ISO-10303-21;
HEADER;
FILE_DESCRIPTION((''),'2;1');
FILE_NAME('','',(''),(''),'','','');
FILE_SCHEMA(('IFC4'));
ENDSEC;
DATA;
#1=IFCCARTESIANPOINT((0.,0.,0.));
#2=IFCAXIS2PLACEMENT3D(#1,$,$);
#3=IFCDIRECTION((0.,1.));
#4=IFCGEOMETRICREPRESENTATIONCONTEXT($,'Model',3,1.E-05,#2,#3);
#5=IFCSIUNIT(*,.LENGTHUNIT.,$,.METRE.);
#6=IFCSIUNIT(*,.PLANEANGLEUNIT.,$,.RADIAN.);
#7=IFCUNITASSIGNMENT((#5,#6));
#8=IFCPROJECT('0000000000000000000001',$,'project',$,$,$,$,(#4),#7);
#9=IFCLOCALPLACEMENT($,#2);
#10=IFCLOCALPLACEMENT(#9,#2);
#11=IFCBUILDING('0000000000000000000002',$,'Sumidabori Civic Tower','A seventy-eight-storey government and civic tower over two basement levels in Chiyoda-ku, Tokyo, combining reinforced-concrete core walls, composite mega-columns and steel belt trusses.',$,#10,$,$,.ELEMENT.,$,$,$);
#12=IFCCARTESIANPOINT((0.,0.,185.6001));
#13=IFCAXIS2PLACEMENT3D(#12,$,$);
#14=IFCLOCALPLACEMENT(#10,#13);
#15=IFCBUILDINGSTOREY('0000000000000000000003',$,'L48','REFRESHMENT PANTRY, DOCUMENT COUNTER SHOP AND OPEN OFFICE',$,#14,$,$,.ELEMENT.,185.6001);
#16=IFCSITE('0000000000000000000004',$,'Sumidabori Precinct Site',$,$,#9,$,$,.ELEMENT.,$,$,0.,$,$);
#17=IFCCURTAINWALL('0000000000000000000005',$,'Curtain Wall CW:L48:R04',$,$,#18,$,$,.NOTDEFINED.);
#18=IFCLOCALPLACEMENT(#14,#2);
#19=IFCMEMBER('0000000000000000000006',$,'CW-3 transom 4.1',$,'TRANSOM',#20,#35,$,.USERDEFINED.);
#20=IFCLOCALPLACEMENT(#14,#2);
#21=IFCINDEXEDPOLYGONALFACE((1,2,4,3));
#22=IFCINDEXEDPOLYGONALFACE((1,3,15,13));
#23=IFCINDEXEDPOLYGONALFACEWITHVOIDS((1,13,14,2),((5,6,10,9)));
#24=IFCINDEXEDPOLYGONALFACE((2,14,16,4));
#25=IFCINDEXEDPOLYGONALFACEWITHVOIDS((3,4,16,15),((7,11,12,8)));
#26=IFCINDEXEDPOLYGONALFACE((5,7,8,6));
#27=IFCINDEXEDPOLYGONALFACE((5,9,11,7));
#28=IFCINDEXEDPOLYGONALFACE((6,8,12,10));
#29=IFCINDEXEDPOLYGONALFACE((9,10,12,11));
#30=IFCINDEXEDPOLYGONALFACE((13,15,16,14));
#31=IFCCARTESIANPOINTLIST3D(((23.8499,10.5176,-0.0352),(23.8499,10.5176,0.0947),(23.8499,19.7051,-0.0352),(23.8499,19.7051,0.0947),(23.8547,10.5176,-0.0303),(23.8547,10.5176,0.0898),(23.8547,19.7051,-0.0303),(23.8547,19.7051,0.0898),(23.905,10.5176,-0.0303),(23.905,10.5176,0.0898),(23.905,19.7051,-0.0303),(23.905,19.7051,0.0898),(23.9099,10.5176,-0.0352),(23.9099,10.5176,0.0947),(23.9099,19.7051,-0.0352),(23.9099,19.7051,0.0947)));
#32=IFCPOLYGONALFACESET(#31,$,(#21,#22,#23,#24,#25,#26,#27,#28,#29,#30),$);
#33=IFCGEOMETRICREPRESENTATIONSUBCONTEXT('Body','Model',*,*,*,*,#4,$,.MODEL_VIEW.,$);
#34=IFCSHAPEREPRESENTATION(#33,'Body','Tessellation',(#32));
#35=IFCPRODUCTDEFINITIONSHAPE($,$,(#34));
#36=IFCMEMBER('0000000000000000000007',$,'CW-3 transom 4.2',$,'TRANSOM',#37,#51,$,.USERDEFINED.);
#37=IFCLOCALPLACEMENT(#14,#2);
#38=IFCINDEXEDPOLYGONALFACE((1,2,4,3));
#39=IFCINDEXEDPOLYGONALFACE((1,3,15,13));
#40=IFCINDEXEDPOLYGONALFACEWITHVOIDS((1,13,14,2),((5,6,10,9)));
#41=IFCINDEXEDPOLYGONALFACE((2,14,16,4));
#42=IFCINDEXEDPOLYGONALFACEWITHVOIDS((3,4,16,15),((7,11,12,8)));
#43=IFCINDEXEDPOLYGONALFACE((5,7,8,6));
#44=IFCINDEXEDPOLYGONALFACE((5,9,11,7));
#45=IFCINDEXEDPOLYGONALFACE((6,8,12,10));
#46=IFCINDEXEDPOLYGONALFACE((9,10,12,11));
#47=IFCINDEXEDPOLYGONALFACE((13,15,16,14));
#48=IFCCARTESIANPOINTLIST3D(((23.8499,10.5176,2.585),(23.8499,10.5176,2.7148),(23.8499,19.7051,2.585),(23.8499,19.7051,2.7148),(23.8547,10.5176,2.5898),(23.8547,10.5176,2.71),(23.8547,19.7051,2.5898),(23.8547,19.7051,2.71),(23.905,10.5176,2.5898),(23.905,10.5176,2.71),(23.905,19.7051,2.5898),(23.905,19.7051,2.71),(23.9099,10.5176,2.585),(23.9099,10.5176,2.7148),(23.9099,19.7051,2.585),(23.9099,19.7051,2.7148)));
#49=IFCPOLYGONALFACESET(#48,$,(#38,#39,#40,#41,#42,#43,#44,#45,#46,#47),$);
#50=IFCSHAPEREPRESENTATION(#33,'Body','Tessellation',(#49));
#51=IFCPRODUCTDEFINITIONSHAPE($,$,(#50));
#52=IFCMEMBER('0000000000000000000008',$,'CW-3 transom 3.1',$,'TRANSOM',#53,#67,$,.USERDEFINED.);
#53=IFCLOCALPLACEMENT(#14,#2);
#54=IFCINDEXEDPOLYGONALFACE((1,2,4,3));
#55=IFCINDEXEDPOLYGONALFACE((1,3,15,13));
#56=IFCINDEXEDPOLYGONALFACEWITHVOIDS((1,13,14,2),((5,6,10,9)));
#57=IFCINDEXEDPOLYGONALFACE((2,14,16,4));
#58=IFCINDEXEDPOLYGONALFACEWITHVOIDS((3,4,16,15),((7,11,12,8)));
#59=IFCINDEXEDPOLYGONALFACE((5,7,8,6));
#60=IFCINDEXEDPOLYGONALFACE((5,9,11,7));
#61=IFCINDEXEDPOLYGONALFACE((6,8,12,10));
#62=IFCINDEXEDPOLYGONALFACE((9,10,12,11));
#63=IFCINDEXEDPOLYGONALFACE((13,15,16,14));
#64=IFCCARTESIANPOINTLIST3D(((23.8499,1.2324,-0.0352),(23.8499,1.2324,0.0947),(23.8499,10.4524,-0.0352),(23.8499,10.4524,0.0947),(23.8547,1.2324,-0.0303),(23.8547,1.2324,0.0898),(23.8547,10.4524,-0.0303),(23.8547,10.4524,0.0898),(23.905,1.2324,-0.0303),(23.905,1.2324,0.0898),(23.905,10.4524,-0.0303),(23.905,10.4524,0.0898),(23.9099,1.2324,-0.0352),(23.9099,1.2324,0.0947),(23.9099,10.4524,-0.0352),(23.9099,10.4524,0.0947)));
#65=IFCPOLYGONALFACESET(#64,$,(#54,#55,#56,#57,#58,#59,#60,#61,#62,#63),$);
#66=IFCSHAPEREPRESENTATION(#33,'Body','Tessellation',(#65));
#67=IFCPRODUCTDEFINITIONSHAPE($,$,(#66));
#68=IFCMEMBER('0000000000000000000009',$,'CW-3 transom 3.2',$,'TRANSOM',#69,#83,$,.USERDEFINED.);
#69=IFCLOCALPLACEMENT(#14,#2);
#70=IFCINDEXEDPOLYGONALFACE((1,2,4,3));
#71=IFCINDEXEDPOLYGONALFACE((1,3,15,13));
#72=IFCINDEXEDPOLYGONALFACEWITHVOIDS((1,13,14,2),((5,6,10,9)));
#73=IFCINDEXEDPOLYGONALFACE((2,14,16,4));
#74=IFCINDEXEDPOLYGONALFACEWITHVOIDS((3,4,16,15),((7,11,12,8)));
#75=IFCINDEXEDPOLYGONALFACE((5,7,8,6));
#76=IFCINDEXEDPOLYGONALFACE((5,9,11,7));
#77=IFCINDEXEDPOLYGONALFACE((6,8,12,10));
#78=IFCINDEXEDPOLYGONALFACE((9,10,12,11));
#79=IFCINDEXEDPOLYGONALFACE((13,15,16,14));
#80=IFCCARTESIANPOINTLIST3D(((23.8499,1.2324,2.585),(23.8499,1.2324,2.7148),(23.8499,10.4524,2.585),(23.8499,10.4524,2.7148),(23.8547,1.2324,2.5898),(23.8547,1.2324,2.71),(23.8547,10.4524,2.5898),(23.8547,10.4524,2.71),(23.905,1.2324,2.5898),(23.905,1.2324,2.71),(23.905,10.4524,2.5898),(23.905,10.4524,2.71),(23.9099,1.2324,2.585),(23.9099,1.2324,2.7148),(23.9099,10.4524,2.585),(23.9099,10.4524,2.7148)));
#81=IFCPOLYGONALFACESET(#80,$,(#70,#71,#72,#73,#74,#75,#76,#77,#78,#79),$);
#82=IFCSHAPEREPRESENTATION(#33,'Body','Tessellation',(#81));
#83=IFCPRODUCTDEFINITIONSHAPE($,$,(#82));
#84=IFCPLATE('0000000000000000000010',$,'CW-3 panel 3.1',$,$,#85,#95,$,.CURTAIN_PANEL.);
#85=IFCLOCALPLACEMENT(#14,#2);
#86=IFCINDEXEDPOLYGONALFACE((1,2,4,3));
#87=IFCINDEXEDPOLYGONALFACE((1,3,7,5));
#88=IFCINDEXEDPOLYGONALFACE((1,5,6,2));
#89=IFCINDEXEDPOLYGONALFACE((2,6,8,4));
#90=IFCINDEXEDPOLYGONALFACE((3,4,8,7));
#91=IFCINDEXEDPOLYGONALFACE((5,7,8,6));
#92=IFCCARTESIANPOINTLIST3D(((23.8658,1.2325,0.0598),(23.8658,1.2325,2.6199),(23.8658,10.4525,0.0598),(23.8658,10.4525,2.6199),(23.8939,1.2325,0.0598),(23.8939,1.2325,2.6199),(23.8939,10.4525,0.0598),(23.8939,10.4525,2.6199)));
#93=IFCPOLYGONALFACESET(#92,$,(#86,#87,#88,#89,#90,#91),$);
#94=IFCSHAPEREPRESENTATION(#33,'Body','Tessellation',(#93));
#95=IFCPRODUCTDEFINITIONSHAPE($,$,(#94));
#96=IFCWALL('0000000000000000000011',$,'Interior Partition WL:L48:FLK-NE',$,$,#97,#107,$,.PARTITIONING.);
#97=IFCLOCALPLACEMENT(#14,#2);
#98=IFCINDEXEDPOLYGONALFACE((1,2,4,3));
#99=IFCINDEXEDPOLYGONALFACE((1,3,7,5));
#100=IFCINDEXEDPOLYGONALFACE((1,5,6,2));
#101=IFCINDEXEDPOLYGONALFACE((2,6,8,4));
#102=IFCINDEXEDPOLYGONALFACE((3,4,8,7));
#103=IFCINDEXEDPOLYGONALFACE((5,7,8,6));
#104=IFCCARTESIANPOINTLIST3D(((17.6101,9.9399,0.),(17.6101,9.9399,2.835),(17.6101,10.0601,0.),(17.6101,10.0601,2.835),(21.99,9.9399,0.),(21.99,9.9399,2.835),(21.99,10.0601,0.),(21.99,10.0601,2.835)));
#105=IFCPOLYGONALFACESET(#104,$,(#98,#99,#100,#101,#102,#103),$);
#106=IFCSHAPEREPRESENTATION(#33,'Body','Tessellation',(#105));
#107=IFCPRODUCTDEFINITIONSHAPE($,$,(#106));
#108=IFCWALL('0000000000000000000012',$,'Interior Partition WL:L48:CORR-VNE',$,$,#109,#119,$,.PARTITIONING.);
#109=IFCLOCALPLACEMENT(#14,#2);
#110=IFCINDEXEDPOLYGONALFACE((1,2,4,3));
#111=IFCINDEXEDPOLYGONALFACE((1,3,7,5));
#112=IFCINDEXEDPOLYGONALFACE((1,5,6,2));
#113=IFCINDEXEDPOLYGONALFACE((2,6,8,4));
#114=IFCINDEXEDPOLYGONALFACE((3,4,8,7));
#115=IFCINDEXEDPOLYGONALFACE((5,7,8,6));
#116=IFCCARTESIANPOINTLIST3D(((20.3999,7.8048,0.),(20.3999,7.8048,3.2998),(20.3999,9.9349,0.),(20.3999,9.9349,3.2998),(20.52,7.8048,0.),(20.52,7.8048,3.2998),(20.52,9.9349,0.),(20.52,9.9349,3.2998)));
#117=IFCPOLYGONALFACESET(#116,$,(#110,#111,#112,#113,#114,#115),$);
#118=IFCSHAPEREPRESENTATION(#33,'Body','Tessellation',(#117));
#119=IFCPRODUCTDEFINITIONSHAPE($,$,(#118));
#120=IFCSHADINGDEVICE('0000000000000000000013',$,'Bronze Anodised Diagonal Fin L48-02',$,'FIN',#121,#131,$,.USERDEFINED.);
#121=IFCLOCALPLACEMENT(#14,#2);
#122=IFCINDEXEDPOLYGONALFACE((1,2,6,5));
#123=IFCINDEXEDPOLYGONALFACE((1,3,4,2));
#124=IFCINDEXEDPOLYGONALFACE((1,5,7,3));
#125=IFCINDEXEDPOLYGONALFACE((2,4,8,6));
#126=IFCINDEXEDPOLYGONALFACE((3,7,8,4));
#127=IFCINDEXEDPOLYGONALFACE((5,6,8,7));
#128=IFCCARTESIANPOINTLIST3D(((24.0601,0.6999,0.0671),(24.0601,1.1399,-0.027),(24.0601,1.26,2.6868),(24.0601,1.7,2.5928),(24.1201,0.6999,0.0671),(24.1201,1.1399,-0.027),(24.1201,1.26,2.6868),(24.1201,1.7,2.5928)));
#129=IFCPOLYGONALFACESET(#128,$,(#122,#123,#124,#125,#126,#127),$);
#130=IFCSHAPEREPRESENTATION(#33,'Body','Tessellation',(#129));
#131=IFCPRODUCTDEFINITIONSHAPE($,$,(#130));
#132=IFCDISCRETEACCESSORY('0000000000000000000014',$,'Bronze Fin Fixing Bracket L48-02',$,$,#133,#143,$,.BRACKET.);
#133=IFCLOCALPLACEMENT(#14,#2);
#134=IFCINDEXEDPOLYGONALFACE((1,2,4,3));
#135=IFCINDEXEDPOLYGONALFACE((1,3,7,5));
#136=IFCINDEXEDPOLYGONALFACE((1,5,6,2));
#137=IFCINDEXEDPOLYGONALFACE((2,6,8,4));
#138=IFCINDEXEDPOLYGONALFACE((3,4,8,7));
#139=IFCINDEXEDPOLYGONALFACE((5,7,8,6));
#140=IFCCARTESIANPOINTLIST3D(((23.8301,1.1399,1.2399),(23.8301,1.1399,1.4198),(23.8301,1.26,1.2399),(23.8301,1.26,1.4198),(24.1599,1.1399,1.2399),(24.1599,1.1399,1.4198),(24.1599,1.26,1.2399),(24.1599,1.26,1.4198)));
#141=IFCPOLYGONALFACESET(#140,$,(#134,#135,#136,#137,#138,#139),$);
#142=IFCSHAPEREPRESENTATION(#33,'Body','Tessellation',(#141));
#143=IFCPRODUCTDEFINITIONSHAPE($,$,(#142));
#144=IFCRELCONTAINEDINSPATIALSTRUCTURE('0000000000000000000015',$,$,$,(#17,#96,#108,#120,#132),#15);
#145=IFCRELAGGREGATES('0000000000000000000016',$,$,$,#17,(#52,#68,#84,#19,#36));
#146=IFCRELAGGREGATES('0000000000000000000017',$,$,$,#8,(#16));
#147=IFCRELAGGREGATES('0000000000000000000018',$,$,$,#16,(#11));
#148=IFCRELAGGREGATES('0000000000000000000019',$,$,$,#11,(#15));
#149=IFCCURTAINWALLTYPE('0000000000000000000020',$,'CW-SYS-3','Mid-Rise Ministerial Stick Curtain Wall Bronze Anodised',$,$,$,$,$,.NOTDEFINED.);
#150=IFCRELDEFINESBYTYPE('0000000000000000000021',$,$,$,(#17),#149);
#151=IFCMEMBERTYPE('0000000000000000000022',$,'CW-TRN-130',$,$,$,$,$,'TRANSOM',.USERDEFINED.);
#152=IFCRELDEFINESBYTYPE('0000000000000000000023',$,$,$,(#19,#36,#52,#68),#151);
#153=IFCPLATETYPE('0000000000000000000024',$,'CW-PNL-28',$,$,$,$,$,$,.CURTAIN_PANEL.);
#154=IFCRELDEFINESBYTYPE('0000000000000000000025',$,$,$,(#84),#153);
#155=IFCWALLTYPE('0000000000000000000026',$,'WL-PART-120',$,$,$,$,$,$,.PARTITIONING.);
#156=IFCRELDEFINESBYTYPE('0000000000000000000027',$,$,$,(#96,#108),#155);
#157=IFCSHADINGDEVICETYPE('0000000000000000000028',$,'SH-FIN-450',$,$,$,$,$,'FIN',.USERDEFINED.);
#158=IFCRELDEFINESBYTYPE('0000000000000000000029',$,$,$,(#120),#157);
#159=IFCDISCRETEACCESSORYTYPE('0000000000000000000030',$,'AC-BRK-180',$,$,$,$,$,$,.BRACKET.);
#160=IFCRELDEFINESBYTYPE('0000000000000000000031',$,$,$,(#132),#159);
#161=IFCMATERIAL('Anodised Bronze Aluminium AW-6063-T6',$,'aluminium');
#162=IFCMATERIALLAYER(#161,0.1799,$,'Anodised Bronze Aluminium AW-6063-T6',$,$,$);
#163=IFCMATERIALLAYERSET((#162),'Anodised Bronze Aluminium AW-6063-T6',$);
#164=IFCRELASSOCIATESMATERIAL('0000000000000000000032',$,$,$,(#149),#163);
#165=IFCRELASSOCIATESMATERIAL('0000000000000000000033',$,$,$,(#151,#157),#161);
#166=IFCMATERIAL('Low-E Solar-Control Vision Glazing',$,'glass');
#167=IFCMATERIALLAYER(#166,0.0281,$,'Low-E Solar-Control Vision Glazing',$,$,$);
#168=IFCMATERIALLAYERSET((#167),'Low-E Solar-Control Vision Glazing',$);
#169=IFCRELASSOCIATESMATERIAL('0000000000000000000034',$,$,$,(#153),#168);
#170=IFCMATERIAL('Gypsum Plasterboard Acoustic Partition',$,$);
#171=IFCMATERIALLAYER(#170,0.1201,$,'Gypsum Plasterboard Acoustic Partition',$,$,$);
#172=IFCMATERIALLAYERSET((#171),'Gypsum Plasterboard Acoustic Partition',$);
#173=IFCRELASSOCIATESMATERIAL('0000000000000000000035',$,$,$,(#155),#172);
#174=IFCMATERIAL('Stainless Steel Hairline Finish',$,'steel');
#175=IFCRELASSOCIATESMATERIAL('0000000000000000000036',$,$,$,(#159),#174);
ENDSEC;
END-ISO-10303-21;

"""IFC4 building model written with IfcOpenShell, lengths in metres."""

from ifc_helpers import new_model, si_unit, direction, frame, frame_2d, origin, origin_2d, place, context, subcontext, project, spatial, rectangle, hollow_rectangle, extrude, source, transform, mapped, material, layer, layer_set, material_profile, profile_set, type_object, element, aggregate, save


model = new_model("IFC4")

# Units and contexts
model_context = context("Model", 3, precision=1e-05, world=origin(), true_north=direction((0.0, 1.0)))
body_context = subcontext(model_context, "Body", "Model", "MODEL_VIEW")
ifc_project = project(units=[si_unit("LENGTHUNIT", "METRE"), si_unit("PLANEANGLEUNIT", "RADIAN")], contexts=[model_context])

# Site, building, storey
site_placement = place(None, origin())
site = spatial("IfcSite", under=ifc_project, at=site_placement, Name="Sumidabori Precinct Site", CompositionType="ELEMENT", RefElevation=0.0)
building_placement = place(site_placement, origin())
building = spatial("IfcBuilding", under=site, at=building_placement, Name="Sumidabori Civic Tower", Description="A seventy-eight-storey government and civic tower over two basement levels in Chiyoda-ku, Tokyo, combining reinforced-concrete core walls, composite mega-columns and steel belt trusses.", CompositionType="ELEMENT")
storey_placement = place(building_placement, frame((0.0, 0.0, 185.6001)))
storey = spatial("IfcBuildingStorey", under=building, at=storey_placement, Name="L48", Description="REFRESHMENT PANTRY, DOCUMENT COUNTER SHOP AND OPEN OFFICE", CompositionType="ELEMENT", Elevation=185.6001)

# Curtain wall, members, plate
ifc_material_1 = material(Name="Anodised Bronze Aluminium AW-6063-T6", Category="aluminium")
ifc_layer_1 = layer(ifc_material_1, 0.1799, Name="Anodised Bronze Aluminium AW-6063-T6")
ifc_layer_set_1 = layer_set([ifc_layer_1], Name="Anodised Bronze Aluminium AW-6063-T6")
curtain_wall_type = type_object("IfcCurtainWallType", Name="CW-SYS-3", Description="Mid-Rise Ministerial Stick Curtain Wall Bronze Anodised", PredefinedType="NOTDEFINED", material=ifc_layer_set_1)
curtain_wall_placement = place(storey_placement, origin())
curtain_wall = element("IfcCurtainWall", 1, at=curtain_wall_placement, inside=storey, type_object=curtain_wall_type, Name="Curtain Wall CW:L48:R04", PredefinedType="NOTDEFINED")
ifc_material_profile_1 = material_profile(ifc_material_1, hollow_rectangle(XDim=0.0601, YDim=0.1299, WallThickness=0.0049, at=origin_2d()), Name="ALU TRANSOM 130x60")
ifc_profile_set_1 = profile_set([ifc_material_profile_1], Name="Anodised Bronze Aluminium AW-6063-T6")
member_type_1 = type_object("IfcMemberType", Name="CW-TRN-130", ElementType="TRANSOM", PredefinedType="USERDEFINED", material=ifc_profile_set_1)
shared_shape_1 = source(origin(), body_context, "Body", "SweptSolid", [
    extrude(hollow_rectangle(XDim=0.0601, YDim=0.1299, WallThickness=0.0049, at=origin_2d()), origin(), (0.0, 0.0, 1.0), 9.1875),
])
member_1_placement = place(storey_placement, frame((23.8799, 10.5176, 0.0298), z_axis=(0.0, 1.0, 0.0), x_axis=(-1.0, 0.0, 0.0)))
member_1 = element("IfcMember", 2, at=member_1_placement, type_object=member_type_1, Name="CW-3 transom 4.1", ObjectType="TRANSOM", PredefinedType="USERDEFINED", context=body_context, shape_type="MappedRepresentation", body=[
    mapped(shared_shape_1, transform((0.0, 0.0, 0.0), x_axis=(1.0, 0.0, 0.0), y_axis=(0.0, 1.0, 0.0), z_axis=(0.0, 0.0, 1.0), scale=1.0)),
])
member_2_placement = place(storey_placement, frame((23.8799, 10.5176, 2.6499), z_axis=(0.0, 1.0, 0.0), x_axis=(-1.0, 0.0, 0.0)))
member_2 = element("IfcMember", 3, at=member_2_placement, type_object=member_type_1, Name="CW-3 transom 4.2", ObjectType="TRANSOM", PredefinedType="USERDEFINED", context=body_context, shape_type="MappedRepresentation", body=[
    mapped(shared_shape_1, transform((0.0, 0.0, 0.0), x_axis=(1.0, 0.0, 0.0), y_axis=(0.0, 1.0, 0.0), z_axis=(0.0, 0.0, 1.0), scale=1.0)),
])
shared_shape_2 = source(origin(), body_context, "Body", "SweptSolid", [
    extrude(hollow_rectangle(XDim=0.0601, YDim=0.1299, WallThickness=0.0049, at=origin_2d()), origin(), (0.0, 0.0, 1.0), 9.22),
])
member_3_placement = place(storey_placement, frame((23.8799, 1.2324, 0.0298), z_axis=(0.0, 1.0, 0.0), x_axis=(-1.0, 0.0, 0.0)))
member_3 = element("IfcMember", 4, at=member_3_placement, type_object=member_type_1, Name="CW-3 transom 3.1", ObjectType="TRANSOM", PredefinedType="USERDEFINED", context=body_context, shape_type="MappedRepresentation", body=[
    mapped(shared_shape_2, transform((0.0, 0.0, 0.0), x_axis=(1.0, 0.0, 0.0), y_axis=(0.0, 1.0, 0.0), z_axis=(0.0, 0.0, 1.0), scale=1.0)),
])
member_4_placement = place(storey_placement, frame((23.8799, 1.2324, 2.6499), z_axis=(0.0, 1.0, 0.0), x_axis=(-1.0, 0.0, 0.0)))
member_4 = element("IfcMember", 5, at=member_4_placement, type_object=member_type_1, Name="CW-3 transom 3.2", ObjectType="TRANSOM", PredefinedType="USERDEFINED", context=body_context, shape_type="MappedRepresentation", body=[
    mapped(shared_shape_2, transform((0.0, 0.0, 0.0), x_axis=(1.0, 0.0, 0.0), y_axis=(0.0, 1.0, 0.0), z_axis=(0.0, 0.0, 1.0), scale=1.0)),
])
ifc_material_2 = material(Name="Low-E Solar-Control Vision Glazing", Category="glass")
ifc_layer_2 = layer(ifc_material_2, 0.0281, Name="Low-E Solar-Control Vision Glazing")
ifc_layer_set_2 = layer_set([ifc_layer_2], Name="Low-E Solar-Control Vision Glazing")
plate_type = type_object("IfcPlateType", Name="CW-PNL-28", PredefinedType="CURTAIN_PANEL", material=ifc_layer_set_2)
shared_shape_3 = source(origin(), body_context, "Body", "SweptSolid", [
    extrude(rectangle(XDim=9.22, YDim=0.0281, at=origin_2d()), origin(), (0.0, 0.0, 1.0), 2.5601),
])
plate_placement = place(storey_placement, frame((23.8799, 5.8425, 0.0598), z_axis=(0.0, 0.0, 1.0), x_axis=(0.0, 1.0, 0.0)))
plate = element("IfcPlate", 6, at=plate_placement, type_object=plate_type, Name="CW-3 panel 3.1", PredefinedType="CURTAIN_PANEL", context=body_context, shape_type="MappedRepresentation", body=[
    mapped(shared_shape_3, transform((0.0, 0.0, 0.0), x_axis=(1.0, 0.0, 0.0), y_axis=(0.0, 1.0, 0.0), z_axis=(0.0, 0.0, 1.0), scale=1.0)),
])
aggregate(curtain_wall, [member_3, member_4, plate, member_1, member_2])

# Walls
ifc_material_3 = material(Name="Gypsum Plasterboard Acoustic Partition")
ifc_layer_3 = layer(ifc_material_3, 0.1201, Name="Gypsum Plasterboard Acoustic Partition")
ifc_layer_set_3 = layer_set([ifc_layer_3], Name="Gypsum Plasterboard Acoustic Partition")
wall_type = type_object("IfcWallType", Name="WL-PART-120", PredefinedType="PARTITIONING", material=ifc_layer_set_3)
shared_shape_4 = source(origin(), body_context, "Body", "SweptSolid", [
    extrude(rectangle(XDim=4.3799, YDim=0.1201, at=frame_2d((2.1899, 0.0))), origin(), (0.0, 0.0, 1.0), 2.835),
])
wall_1_placement = place(storey_placement, frame((17.6101, 10.0, 0.0), z_axis=(0.0, 0.0, 1.0), x_axis=(1.0, 0.0, 0.0)))
element("IfcWall", 7, at=wall_1_placement, inside=storey, type_object=wall_type, Name="Interior Partition WL:L48:FLK-NE", PredefinedType="PARTITIONING", context=body_context, shape_type="MappedRepresentation", body=[
    mapped(shared_shape_4, transform((0.0, 0.0, 0.0), x_axis=(1.0, 0.0, 0.0), y_axis=(0.0, 1.0, 0.0), z_axis=(0.0, 0.0, 1.0), scale=1.0)),
])
shared_shape_5 = source(origin(), body_context, "Body", "SweptSolid", [
    extrude(rectangle(XDim=2.1301, YDim=0.1201, at=frame_2d((1.0649, 0.0))), origin(), (0.0, 0.0, 1.0), 3.2998),
])
wall_2_placement = place(storey_placement, frame((20.46, 7.8049, 0.0), z_axis=(0.0, 0.0, 1.0), x_axis=(0.0, 1.0, 0.0)))
element("IfcWall", 8, at=wall_2_placement, inside=storey, type_object=wall_type, Name="Interior Partition WL:L48:CORR-VNE", PredefinedType="PARTITIONING", context=body_context, shape_type="MappedRepresentation", body=[
    mapped(shared_shape_5, transform((0.0, 0.0, 0.0), x_axis=(1.0, 0.0, 0.0), y_axis=(0.0, 1.0, 0.0), z_axis=(0.0, 0.0, 1.0), scale=1.0)),
])

# Shading device
ifc_material_profile_2 = material_profile(ifc_material_1, rectangle(XDim=0.0601, YDim=0.45, at=origin_2d()), Name="BRONZE FIN 450x60")
ifc_profile_set_2 = profile_set([ifc_material_profile_2], Name="Anodised Bronze Aluminium AW-6063-T6")
shading_device_type = type_object("IfcShadingDeviceType", Name="SH-FIN-450", ElementType="FIN", PredefinedType="USERDEFINED", material=ifc_profile_set_2)
shared_shape_6 = source(origin(), body_context, "Body", "SweptSolid", [
    extrude(rectangle(XDim=0.0601, YDim=0.45, at=origin_2d()), origin(), (0.0, 0.0, 1.0), 2.679),
])
shading_device_placement = place(storey_placement, frame((24.0901, 0.9199, 0.02), z_axis=(0.0, 0.20905, 0.977905), x_axis=(-1.0, 0.0, 0.0)))
element("IfcShadingDevice", 9, at=shading_device_placement, inside=storey, type_object=shading_device_type, Name="Bronze Anodised Diagonal Fin L48-02", ObjectType="FIN", PredefinedType="USERDEFINED", context=body_context, shape_type="MappedRepresentation", body=[
    mapped(shared_shape_6, transform((0.0, 0.0, 0.0), x_axis=(1.0, 0.0, 0.0), y_axis=(0.0, 1.0, 0.0), z_axis=(0.0, 0.0, 1.0), scale=1.0)),
])

# Discrete accessory
ifc_material_4 = material(Name="Stainless Steel Hairline Finish", Category="steel")
ifc_material_profile_3 = material_profile(ifc_material_4, rectangle(XDim=0.1201, YDim=0.1799, at=origin_2d()), Name="STEEL BRACKET 180x120")
ifc_profile_set_3 = profile_set([ifc_material_profile_3], Name="Stainless Steel Hairline Finish")
discrete_accessory_type = type_object("IfcDiscreteAccessoryType", Name="AC-BRK-180", PredefinedType="BRACKET", material=ifc_profile_set_3)
shared_shape_7 = source(origin(), body_context, "Body", "SweptSolid", [
    extrude(rectangle(XDim=0.1201, YDim=0.1799, at=origin_2d()), origin(), (0.0, 0.0, 1.0), 0.3298),
])
discrete_accessory_placement = place(storey_placement, frame((23.8301, 1.2, 1.3298), z_axis=(1.0, 0.0, 0.0), x_axis=(0.0, 1.0, 0.0)))
element("IfcDiscreteAccessory", 10, at=discrete_accessory_placement, inside=storey, type_object=discrete_accessory_type, Name="Bronze Fin Fixing Bracket L48-02", PredefinedType="BRACKET", context=body_context, shape_type="MappedRepresentation", body=[
    mapped(shared_shape_7, transform((0.0, 0.0, 0.0), x_axis=(1.0, 0.0, 0.0), y_axis=(0.0, 1.0, 0.0), z_axis=(0.0, 0.0, 1.0), scale=1.0)),
])

save(model, "model.ifc")
